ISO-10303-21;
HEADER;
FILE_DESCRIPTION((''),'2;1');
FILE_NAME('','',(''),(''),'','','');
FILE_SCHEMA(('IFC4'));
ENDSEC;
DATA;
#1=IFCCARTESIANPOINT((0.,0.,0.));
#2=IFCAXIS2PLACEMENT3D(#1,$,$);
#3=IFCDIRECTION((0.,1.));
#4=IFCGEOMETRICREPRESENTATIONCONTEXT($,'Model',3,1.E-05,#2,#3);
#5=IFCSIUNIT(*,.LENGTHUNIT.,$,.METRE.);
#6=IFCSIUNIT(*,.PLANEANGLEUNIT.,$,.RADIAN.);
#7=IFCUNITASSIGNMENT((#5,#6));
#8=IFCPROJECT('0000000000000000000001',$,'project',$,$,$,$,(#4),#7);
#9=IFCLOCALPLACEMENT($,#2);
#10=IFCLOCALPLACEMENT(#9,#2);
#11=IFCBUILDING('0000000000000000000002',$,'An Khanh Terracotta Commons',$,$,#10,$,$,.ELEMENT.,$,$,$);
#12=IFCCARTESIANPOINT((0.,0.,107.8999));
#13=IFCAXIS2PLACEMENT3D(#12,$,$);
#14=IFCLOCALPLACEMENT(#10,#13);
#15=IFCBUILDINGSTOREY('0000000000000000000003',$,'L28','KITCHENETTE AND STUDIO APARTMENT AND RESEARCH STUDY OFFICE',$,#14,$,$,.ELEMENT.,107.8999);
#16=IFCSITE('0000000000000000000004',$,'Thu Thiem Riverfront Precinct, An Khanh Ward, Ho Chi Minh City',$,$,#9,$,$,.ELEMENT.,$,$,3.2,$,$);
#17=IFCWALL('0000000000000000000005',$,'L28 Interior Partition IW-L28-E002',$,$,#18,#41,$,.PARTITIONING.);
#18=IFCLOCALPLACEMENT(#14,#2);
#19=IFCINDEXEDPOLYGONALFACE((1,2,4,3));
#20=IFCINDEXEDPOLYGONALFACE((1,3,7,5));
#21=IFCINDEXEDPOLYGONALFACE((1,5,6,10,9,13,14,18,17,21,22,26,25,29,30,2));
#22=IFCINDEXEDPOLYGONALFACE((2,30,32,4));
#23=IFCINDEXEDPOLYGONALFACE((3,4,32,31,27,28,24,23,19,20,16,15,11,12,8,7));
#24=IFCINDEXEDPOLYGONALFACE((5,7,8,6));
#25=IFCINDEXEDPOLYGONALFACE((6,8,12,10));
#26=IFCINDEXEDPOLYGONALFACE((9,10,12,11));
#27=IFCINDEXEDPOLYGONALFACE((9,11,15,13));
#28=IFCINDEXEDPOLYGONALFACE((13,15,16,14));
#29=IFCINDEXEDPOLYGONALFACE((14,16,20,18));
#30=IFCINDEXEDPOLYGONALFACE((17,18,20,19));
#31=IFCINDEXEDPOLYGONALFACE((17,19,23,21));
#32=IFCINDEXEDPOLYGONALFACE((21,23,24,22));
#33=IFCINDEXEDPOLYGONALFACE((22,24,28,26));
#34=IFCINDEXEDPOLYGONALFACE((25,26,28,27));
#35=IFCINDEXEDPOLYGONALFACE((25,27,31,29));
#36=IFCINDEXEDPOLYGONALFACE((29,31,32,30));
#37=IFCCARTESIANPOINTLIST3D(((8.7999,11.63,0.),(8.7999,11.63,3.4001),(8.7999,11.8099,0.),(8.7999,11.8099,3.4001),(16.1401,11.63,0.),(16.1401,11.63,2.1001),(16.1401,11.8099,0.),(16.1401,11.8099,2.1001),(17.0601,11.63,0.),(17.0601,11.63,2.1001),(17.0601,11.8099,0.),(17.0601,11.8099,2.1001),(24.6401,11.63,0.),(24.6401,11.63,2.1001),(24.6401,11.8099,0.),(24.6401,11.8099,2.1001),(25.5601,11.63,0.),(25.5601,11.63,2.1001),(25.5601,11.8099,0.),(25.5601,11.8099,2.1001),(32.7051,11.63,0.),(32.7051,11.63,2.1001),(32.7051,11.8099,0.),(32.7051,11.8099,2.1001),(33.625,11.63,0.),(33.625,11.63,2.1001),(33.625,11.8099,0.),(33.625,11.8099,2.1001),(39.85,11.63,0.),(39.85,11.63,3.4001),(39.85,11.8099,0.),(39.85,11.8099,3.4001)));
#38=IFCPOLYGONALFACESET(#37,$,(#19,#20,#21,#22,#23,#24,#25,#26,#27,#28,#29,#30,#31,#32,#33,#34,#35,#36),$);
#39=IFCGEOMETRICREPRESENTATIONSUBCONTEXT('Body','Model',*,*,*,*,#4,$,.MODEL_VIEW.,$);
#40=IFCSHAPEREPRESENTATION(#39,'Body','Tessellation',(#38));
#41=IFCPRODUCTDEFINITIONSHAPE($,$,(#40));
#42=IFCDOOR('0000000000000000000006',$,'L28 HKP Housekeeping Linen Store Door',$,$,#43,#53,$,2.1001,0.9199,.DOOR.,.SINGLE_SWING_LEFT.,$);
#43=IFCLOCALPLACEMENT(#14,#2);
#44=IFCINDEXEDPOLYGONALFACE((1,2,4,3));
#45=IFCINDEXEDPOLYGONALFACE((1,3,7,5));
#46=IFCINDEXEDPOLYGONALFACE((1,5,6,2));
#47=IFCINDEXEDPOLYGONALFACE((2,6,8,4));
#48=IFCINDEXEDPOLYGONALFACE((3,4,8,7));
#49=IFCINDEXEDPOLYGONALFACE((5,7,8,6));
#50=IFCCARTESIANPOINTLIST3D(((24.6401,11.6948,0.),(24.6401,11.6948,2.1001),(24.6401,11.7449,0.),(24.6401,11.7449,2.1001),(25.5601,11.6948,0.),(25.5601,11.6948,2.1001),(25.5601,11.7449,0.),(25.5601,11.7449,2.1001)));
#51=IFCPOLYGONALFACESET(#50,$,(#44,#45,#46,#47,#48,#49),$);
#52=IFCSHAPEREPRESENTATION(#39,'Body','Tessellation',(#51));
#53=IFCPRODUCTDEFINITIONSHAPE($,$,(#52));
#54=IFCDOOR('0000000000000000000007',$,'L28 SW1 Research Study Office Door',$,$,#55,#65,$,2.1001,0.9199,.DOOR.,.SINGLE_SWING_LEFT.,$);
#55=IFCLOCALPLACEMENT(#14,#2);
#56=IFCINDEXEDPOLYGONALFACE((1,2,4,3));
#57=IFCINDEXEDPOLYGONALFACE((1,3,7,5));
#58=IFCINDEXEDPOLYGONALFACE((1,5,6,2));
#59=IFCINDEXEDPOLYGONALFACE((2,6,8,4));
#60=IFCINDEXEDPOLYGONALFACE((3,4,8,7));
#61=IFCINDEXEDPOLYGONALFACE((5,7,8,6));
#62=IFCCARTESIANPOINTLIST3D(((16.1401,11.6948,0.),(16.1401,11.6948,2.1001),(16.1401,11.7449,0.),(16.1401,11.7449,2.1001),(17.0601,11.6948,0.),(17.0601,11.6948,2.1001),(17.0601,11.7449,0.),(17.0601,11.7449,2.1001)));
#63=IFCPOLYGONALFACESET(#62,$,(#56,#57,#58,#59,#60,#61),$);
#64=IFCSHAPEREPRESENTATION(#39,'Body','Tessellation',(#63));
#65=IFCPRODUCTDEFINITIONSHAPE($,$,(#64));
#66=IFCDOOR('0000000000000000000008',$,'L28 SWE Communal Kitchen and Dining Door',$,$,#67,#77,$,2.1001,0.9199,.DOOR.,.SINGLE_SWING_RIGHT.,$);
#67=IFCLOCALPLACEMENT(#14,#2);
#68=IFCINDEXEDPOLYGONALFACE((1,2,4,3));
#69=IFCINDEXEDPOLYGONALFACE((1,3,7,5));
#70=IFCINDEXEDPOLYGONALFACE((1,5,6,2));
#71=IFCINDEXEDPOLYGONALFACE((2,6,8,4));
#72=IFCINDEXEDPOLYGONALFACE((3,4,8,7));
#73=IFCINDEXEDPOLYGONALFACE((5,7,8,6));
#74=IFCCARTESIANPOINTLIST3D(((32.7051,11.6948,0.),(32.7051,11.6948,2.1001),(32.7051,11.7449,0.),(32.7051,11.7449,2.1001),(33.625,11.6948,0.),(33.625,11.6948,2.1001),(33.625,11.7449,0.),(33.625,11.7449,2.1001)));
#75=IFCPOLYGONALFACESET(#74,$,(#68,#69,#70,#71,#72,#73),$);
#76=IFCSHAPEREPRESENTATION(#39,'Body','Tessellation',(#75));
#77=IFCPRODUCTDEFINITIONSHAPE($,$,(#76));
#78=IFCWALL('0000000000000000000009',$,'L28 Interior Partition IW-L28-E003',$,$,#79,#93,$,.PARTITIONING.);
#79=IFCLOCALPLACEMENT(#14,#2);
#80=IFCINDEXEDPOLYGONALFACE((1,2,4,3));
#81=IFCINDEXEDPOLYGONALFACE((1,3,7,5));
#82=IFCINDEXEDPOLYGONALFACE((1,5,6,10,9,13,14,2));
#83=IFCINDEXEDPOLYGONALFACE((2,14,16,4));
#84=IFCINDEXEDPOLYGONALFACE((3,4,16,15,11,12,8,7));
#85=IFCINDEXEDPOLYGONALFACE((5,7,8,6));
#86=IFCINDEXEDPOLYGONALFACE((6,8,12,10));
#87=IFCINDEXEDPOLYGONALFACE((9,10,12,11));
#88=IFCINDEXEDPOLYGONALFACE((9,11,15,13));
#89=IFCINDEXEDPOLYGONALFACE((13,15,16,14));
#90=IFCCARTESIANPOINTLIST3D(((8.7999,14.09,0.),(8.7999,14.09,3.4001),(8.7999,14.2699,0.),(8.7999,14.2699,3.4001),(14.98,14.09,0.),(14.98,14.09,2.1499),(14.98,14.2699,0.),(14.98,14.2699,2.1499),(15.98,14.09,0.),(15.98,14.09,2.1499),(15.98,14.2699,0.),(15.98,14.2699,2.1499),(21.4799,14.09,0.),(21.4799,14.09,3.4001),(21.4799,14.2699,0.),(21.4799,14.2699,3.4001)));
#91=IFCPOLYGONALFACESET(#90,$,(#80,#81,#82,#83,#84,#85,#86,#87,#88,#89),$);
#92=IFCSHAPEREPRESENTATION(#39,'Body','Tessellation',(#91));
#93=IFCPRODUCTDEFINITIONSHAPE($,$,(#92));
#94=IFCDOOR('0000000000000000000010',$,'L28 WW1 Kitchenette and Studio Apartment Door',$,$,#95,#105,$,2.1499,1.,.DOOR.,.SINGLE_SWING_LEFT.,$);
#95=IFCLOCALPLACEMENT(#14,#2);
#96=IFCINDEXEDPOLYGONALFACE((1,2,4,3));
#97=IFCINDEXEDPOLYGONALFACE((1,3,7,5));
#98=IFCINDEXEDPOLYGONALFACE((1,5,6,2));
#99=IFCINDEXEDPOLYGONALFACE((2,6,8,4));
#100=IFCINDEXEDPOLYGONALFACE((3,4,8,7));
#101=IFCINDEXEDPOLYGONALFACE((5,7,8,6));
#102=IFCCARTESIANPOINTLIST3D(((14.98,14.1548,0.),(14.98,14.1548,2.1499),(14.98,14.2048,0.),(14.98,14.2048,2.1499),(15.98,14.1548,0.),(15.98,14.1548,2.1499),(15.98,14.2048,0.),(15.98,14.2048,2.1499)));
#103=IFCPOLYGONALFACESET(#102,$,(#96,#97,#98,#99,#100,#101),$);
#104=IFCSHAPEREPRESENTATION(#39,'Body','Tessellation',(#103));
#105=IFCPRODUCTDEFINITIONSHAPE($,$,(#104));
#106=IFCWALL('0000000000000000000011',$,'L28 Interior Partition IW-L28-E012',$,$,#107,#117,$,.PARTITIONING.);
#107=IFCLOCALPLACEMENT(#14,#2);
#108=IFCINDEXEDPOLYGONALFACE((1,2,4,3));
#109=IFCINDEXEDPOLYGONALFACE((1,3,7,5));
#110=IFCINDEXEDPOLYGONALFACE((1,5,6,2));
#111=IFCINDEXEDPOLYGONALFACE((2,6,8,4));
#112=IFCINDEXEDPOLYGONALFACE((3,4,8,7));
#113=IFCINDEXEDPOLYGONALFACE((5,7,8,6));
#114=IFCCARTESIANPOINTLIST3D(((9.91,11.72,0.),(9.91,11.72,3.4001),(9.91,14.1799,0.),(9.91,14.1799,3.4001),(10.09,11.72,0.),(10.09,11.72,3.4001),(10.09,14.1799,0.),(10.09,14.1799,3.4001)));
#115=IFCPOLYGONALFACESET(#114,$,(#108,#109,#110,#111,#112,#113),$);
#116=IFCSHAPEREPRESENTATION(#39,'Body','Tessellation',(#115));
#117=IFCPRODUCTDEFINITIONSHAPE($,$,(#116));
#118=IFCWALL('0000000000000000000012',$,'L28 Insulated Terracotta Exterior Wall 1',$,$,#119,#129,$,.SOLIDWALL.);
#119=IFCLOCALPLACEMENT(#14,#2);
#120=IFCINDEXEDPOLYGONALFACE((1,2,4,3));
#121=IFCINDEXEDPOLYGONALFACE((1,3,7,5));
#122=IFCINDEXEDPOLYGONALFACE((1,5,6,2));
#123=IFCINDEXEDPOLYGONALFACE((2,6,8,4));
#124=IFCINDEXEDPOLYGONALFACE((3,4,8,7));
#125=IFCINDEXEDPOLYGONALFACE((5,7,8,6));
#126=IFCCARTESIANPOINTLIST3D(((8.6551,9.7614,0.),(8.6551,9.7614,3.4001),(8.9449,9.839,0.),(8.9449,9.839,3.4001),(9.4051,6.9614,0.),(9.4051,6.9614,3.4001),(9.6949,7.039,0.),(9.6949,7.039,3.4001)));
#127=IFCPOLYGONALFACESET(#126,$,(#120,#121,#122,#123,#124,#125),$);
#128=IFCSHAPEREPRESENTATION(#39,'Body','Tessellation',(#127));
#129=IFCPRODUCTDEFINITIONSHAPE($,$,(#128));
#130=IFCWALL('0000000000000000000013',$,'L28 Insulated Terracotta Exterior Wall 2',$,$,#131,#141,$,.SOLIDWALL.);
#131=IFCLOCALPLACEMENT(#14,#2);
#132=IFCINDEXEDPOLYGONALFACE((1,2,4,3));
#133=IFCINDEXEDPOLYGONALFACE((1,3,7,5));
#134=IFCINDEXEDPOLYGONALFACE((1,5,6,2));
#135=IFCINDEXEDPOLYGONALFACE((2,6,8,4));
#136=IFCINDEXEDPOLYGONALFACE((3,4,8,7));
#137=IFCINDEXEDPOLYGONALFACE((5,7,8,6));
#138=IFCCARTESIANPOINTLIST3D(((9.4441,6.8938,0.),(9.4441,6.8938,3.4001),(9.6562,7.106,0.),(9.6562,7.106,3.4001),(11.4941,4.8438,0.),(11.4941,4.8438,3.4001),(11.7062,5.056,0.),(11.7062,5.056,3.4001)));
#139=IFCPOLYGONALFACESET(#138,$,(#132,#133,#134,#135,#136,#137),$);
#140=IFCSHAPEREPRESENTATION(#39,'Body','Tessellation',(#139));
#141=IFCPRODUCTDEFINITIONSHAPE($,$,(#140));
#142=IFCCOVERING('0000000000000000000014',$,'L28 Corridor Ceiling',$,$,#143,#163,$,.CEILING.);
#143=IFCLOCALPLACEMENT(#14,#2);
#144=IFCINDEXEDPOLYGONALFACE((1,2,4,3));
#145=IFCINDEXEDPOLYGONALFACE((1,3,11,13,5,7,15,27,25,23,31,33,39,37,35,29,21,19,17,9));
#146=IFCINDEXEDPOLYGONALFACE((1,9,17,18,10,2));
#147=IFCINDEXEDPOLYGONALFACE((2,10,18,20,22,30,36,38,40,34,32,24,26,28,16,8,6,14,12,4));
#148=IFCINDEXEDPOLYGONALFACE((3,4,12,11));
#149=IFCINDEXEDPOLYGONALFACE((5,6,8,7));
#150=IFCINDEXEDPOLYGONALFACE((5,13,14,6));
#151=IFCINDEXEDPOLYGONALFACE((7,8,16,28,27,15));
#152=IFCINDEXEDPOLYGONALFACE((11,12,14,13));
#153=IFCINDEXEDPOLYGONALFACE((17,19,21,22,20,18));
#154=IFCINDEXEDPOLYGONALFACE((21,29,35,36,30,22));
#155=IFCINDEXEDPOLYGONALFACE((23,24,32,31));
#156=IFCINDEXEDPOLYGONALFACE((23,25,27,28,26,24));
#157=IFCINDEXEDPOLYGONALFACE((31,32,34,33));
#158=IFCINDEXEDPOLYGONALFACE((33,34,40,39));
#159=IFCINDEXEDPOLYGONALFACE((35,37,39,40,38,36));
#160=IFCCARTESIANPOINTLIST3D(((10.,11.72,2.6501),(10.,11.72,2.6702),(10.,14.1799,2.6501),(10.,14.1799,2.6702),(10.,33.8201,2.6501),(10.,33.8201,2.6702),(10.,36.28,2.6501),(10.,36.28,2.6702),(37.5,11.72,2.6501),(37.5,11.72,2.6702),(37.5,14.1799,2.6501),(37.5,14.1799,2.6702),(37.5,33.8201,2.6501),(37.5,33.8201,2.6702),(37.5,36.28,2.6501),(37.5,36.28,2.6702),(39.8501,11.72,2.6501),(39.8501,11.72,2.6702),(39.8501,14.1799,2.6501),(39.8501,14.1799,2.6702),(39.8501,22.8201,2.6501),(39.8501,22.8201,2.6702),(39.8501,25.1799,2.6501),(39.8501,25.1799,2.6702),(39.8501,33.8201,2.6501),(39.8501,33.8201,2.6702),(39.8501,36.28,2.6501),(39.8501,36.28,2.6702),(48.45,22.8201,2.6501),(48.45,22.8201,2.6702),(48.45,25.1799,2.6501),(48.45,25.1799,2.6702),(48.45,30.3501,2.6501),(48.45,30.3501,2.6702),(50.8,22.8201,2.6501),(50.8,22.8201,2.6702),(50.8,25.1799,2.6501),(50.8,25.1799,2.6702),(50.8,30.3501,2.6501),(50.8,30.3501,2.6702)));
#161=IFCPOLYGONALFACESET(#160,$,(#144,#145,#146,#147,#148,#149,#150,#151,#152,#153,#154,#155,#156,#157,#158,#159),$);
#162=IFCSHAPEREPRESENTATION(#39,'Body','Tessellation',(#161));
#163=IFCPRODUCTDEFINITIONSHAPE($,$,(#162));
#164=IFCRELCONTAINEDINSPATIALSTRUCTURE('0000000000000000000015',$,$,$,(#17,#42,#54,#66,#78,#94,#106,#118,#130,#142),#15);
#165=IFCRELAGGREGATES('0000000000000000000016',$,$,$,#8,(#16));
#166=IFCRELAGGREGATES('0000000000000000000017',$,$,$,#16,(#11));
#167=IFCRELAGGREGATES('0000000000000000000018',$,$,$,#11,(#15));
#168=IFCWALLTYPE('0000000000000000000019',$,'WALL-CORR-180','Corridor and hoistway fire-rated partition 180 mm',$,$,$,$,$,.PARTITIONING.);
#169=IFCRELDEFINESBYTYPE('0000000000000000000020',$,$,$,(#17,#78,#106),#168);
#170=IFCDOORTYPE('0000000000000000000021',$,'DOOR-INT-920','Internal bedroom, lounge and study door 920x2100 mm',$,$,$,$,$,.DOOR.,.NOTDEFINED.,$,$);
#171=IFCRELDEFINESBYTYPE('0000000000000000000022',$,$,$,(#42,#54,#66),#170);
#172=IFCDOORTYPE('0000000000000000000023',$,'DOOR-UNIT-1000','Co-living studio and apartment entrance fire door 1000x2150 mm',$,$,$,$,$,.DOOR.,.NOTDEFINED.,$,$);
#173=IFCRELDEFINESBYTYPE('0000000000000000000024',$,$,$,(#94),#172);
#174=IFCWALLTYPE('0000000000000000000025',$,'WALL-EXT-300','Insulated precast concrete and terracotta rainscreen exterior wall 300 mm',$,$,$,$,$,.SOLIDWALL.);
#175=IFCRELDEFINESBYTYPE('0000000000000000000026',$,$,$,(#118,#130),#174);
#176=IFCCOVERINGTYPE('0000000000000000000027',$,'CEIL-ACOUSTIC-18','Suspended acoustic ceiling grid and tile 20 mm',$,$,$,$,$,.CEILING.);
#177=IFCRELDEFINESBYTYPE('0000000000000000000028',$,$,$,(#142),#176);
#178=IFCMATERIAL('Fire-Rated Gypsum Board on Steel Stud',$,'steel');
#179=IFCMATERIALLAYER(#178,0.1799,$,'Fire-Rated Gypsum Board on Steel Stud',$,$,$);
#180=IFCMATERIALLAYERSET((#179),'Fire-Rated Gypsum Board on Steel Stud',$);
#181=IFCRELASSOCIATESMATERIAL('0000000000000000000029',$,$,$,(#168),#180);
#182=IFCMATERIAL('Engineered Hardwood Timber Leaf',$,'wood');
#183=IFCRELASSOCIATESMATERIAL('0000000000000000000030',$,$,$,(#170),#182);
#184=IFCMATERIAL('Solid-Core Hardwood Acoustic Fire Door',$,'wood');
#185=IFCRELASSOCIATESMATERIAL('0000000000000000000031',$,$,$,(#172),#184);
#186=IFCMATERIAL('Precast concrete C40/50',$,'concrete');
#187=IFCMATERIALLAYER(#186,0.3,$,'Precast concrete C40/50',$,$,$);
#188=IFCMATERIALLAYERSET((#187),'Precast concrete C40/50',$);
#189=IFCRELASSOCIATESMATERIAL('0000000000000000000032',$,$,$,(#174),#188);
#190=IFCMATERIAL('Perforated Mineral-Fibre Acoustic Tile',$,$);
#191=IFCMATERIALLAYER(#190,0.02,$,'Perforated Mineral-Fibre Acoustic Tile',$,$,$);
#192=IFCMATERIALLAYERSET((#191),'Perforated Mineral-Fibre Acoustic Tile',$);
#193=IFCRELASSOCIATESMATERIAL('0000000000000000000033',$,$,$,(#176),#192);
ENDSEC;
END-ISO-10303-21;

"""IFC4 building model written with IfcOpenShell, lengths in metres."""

from ifc_helpers import new_model, si_unit, direction, frame, frame_2d, origin, place, context, subcontext, project, spatial, polyline, rectangle, outline, extrude, material, layer, layer_set, type_object, element, fill, save


model = new_model("IFC4")

# Units and contexts
model_context = context("Model", 3, precision=1e-05, world=origin(), true_north=direction((0.0, 1.0)))
body_context = subcontext(model_context, "Body", "Model", "MODEL_VIEW")
ifc_project = project(units=[si_unit("LENGTHUNIT", "METRE"), si_unit("PLANEANGLEUNIT", "RADIAN")], contexts=[model_context])

# Site, building, storey
site_placement = place(None, origin())
site = spatial("IfcSite", under=ifc_project, at=site_placement, Name="Thu Thiem Riverfront Precinct, An Khanh Ward, Ho Chi Minh City", CompositionType="ELEMENT", RefElevation=3.2)
building_placement = place(site_placement, origin())
building = spatial("IfcBuilding", under=site, at=building_placement, Name="An Khanh Terracotta Commons", CompositionType="ELEMENT")
storey_placement = place(building_placement, frame((0.0, 0.0, 107.8999)))
storey = spatial("IfcBuildingStorey", under=building, at=storey_placement, Name="L28", Description="KITCHENETTE AND STUDIO APARTMENT AND RESEARCH STUDY OFFICE", CompositionType="ELEMENT", Elevation=107.8999)

# Shared definitions
ifc_material_1 = material(Name="Precast concrete C40/50", Category="concrete")

# Wall, openings, doors
ifc_material_2 = material(Name="Fire-Rated Gypsum Board on Steel Stud", Category="steel")
ifc_layer_1 = layer(ifc_material_2, 0.1799, Name="Fire-Rated Gypsum Board on Steel Stud")
ifc_layer_set_1 = layer_set([ifc_layer_1], Name="Fire-Rated Gypsum Board on Steel Stud")
wall_type_1 = type_object("IfcWallType", Name="WALL-CORR-180", Description="Corridor and hoistway fire-rated partition 180 mm", PredefinedType="PARTITIONING", material=ifc_layer_set_1)
wall_1_placement = place(storey_placement, frame((8.8, 11.72, 0.0), z_axis=(0.0, 0.0, 1.0), x_axis=(1.0, 0.0, 0.0)))
wall_1 = element("IfcWall", 1, at=wall_1_placement, inside=storey, type_object=wall_type_1, Name="L28 Interior Partition IW-L28-E002", PredefinedType="PARTITIONING", context=body_context, shape_type="SweptSolid", body=[
    extrude(rectangle(XDim=31.05, YDim=0.1799, at=frame_2d((15.5249, 0.0))), origin(), (0.0, 0.0, 1.0), 3.4001),
])
opening_1_placement = place(wall_1_placement, frame((15.8401, 0.0, 0.0)))
opening_1 = element("IfcOpeningElement", 2, at=opening_1_placement, cuts=wall_1, PredefinedType="OPENING", context=body_context, shape_type="SweptSolid", body=[
    extrude(rectangle(XDim=0.9199, YDim=2.1001, at=frame_2d((0.46, 1.05))), frame((0.0, 0.0999, 0.0), z_axis=(0.0, -1.0, 0.0), x_axis=(1.0, 0.0, 0.0)), (0.0, 0.0, 1.0), 0.2),
])
opening_2_placement = place(wall_1_placement, frame((7.3401, 0.0, 0.0)))
opening_2 = element("IfcOpeningElement", 3, at=opening_2_placement, cuts=wall_1, PredefinedType="OPENING", context=body_context, shape_type="SweptSolid", body=[
    extrude(rectangle(XDim=0.9199, YDim=2.1001, at=frame_2d((0.46, 1.05))), frame((0.0, 0.0999, 0.0), z_axis=(0.0, -1.0, 0.0), x_axis=(1.0, 0.0, 0.0)), (0.0, 0.0, 1.0), 0.2),
])
opening_3_placement = place(wall_1_placement, frame((23.905, 0.0, 0.0)))
opening_3 = element("IfcOpeningElement", 4, at=opening_3_placement, cuts=wall_1, PredefinedType="OPENING", context=body_context, shape_type="SweptSolid", body=[
    extrude(rectangle(XDim=0.9199, YDim=2.1001, at=frame_2d((0.46, 1.05))), frame((0.0, 0.0999, 0.0), z_axis=(0.0, -1.0, 0.0), x_axis=(1.0, 0.0, 0.0)), (0.0, 0.0, 1.0), 0.2),
])
ifc_material_3 = material(Name="Engineered Hardwood Timber Leaf", Category="wood")
door_type_1 = type_object("IfcDoorType", Name="DOOR-INT-920", Description="Internal bedroom, lounge and study door 920x2100 mm", OperationType="NOTDEFINED", PredefinedType="DOOR", material=ifc_material_3)
door_1_placement = place(opening_1_placement, origin())
door_1 = element("IfcDoor", 5, at=door_1_placement, inside=storey, type_object=door_type_1, Name="L28 HKP Housekeeping Linen Store Door", OperationType="SINGLE_SWING_LEFT", OverallHeight=2.1001, OverallWidth=0.9199, PredefinedType="DOOR", context=body_context, shape_type="SweptSolid", body=[
    extrude(rectangle(XDim=0.9199, YDim=2.1001, at=frame_2d((0.46, 1.05))), frame((0.0, 0.0249, 0.0), z_axis=(0.0, -1.0, 0.0), x_axis=(1.0, 0.0, 0.0)), (0.0, 0.0, 1.0), 0.05),
])
fill(opening_1, door_1)
door_2_placement = place(opening_2_placement, origin())
door_2 = element("IfcDoor", 6, at=door_2_placement, inside=storey, type_object=door_type_1, Name="L28 SW1 Research Study Office Door", OperationType="SINGLE_SWING_LEFT", OverallHeight=2.1001, OverallWidth=0.9199, PredefinedType="DOOR", context=body_context, shape_type="SweptSolid", body=[
    extrude(rectangle(XDim=0.9199, YDim=2.1001, at=frame_2d((0.46, 1.05))), frame((0.0, 0.0249, 0.0), z_axis=(0.0, -1.0, 0.0), x_axis=(1.0, 0.0, 0.0)), (0.0, 0.0, 1.0), 0.05),
])
fill(opening_2, door_2)
door_3_placement = place(opening_3_placement, origin())
door_3 = element("IfcDoor", 7, at=door_3_placement, inside=storey, type_object=door_type_1, Name="L28 SWE Communal Kitchen and Dining Door", OperationType="SINGLE_SWING_RIGHT", OverallHeight=2.1001, OverallWidth=0.9199, PredefinedType="DOOR", context=body_context, shape_type="SweptSolid", body=[
    extrude(rectangle(XDim=0.9199, YDim=2.1001, at=frame_2d((0.46, 1.05))), frame((0.0, 0.0249, 0.0), z_axis=(0.0, -1.0, 0.0), x_axis=(1.0, 0.0, 0.0)), (0.0, 0.0, 1.0), 0.05),
])
fill(opening_3, door_3)

# Wall, opening, door
wall_2_placement = place(storey_placement, frame((8.8, 14.1799, 0.0), z_axis=(0.0, 0.0, 1.0), x_axis=(1.0, 0.0, 0.0)))
wall_2 = element("IfcWall", 8, at=wall_2_placement, inside=storey, type_object=wall_type_1, Name="L28 Interior Partition IW-L28-E003", PredefinedType="PARTITIONING", context=body_context, shape_type="SweptSolid", body=[
    extrude(rectangle(XDim=12.6799, YDim=0.1799, at=frame_2d((6.3398, 0.0))), origin(), (0.0, 0.0, 1.0), 3.4001),
])
opening_4_placement = place(wall_2_placement, frame((6.1799, 0.0, 0.0)))
opening_4 = element("IfcOpeningElement", 9, at=opening_4_placement, cuts=wall_2, PredefinedType="OPENING", context=body_context, shape_type="SweptSolid", body=[
    extrude(rectangle(XDim=1.0, YDim=2.1499, at=frame_2d((0.5, 1.075))), frame((0.0, 0.0999, 0.0), z_axis=(0.0, -1.0, 0.0), x_axis=(1.0, 0.0, 0.0)), (0.0, 0.0, 1.0), 0.2),
])
ifc_material_4 = material(Name="Solid-Core Hardwood Acoustic Fire Door", Category="wood")
door_type_2 = type_object("IfcDoorType", Name="DOOR-UNIT-1000", Description="Co-living studio and apartment entrance fire door 1000x2150 mm", OperationType="NOTDEFINED", PredefinedType="DOOR", material=ifc_material_4)
door_4_placement = place(opening_4_placement, origin())
door_4 = element("IfcDoor", 10, at=door_4_placement, inside=storey, type_object=door_type_2, Name="L28 WW1 Kitchenette and Studio Apartment Door", OperationType="SINGLE_SWING_LEFT", OverallHeight=2.1499, OverallWidth=1.0, PredefinedType="DOOR", context=body_context, shape_type="SweptSolid", body=[
    extrude(rectangle(XDim=1.0, YDim=2.1499, at=frame_2d((0.5, 1.075))), frame((0.0, 0.0249, 0.0), z_axis=(0.0, -1.0, 0.0), x_axis=(1.0, 0.0, 0.0)), (0.0, 0.0, 1.0), 0.05),
])
fill(opening_4, door_4)

# Walls
wall_3_placement = place(storey_placement, frame((10.0, 11.72, 0.0), z_axis=(0.0, 0.0, 1.0), x_axis=(0.0, 1.0, 0.0)))
element("IfcWall", 11, at=wall_3_placement, inside=storey, type_object=wall_type_1, Name="L28 Interior Partition IW-L28-E012", PredefinedType="PARTITIONING", context=body_context, shape_type="SweptSolid", body=[
    extrude(rectangle(XDim=2.46, YDim=0.1799, at=frame_2d((1.23, 0.0))), origin(), (0.0, 0.0, 1.0), 3.4001),
])
ifc_layer_2 = layer(ifc_material_1, 0.3, Name="Precast concrete C40/50")
ifc_layer_set_2 = layer_set([ifc_layer_2], Name="Precast concrete C40/50")
wall_type_2 = type_object("IfcWallType", Name="WALL-EXT-300", Description="Insulated precast concrete and terracotta rainscreen exterior wall 300 mm", PredefinedType="SOLIDWALL", material=ifc_layer_set_2)
wall_4_placement = place(storey_placement, frame((8.8, 9.8, 0.0), z_axis=(0.0, 0.0, 1.0), x_axis=(0.258732, -0.965949, 0.0)))
element("IfcWall", 12, at=wall_4_placement, inside=storey, type_object=wall_type_2, Name="L28 Insulated Terracotta Exterior Wall 1", PredefinedType="SOLIDWALL", context=body_context, shape_type="SweptSolid", body=[
    extrude(rectangle(XDim=2.8987, YDim=0.3, at=frame_2d((1.4492, 0.0))), origin(), (0.0, 0.0, 1.0), 3.4001),
])
wall_5_placement = place(storey_placement, frame((9.55, 7.0, 0.0), z_axis=(0.0, 0.0, 1.0), x_axis=(0.707107, -0.707107, 0.0)))
element("IfcWall", 13, at=wall_5_placement, inside=storey, type_object=wall_type_2, Name="L28 Insulated Terracotta Exterior Wall 2", PredefinedType="SOLIDWALL", context=body_context, shape_type="SweptSolid", body=[
    extrude(rectangle(XDim=2.8992, YDim=0.3, at=frame_2d((1.4497, 0.0))), origin(), (0.0, 0.0, 1.0), 3.4001),
])

# Covering
ifc_material_5 = material(Name="Perforated Mineral-Fibre Acoustic Tile")
ifc_layer_3 = layer(ifc_material_5, 0.02, Name="Perforated Mineral-Fibre Acoustic Tile")
ifc_layer_set_3 = layer_set([ifc_layer_3], Name="Perforated Mineral-Fibre Acoustic Tile")
covering_type_1 = type_object("IfcCoveringType", Name="CEIL-ACOUSTIC-18", Description="Suspended acoustic ceiling grid and tile 20 mm", PredefinedType="CEILING", material=ifc_layer_set_3)
covering_1_placement = place(storey_placement, frame((0.0, 0.0, 2.6501)))
element("IfcCovering", 14, at=covering_1_placement, inside=storey, type_object=covering_type_1, Name="L28 Corridor Ceiling", PredefinedType="CEILING", context=body_context, shape_type="SweptSolid", body=[
    extrude(outline(polyline([(10.0, 11.72), (10.0, 14.1799), (37.5, 14.1799), (37.5, 33.8201), (10.0, 33.8201), (10.0, 36.28), (37.5, 36.28), (39.8501, 36.28), (39.8501, 33.8201), (39.8501, 25.1799), (48.45, 25.1799), (48.45, 30.3501), (50.8, 30.3501), (50.8, 25.1799), (50.8, 22.8201), (48.45, 22.8201), (39.8501, 22.8201), (39.8501, 14.1799), (39.8501, 11.72), (37.5, 11.72), (10.0, 11.72)])), origin(), (0.0, 0.0, 1.0), 0.02),
])

save(model, "model.ifc")
